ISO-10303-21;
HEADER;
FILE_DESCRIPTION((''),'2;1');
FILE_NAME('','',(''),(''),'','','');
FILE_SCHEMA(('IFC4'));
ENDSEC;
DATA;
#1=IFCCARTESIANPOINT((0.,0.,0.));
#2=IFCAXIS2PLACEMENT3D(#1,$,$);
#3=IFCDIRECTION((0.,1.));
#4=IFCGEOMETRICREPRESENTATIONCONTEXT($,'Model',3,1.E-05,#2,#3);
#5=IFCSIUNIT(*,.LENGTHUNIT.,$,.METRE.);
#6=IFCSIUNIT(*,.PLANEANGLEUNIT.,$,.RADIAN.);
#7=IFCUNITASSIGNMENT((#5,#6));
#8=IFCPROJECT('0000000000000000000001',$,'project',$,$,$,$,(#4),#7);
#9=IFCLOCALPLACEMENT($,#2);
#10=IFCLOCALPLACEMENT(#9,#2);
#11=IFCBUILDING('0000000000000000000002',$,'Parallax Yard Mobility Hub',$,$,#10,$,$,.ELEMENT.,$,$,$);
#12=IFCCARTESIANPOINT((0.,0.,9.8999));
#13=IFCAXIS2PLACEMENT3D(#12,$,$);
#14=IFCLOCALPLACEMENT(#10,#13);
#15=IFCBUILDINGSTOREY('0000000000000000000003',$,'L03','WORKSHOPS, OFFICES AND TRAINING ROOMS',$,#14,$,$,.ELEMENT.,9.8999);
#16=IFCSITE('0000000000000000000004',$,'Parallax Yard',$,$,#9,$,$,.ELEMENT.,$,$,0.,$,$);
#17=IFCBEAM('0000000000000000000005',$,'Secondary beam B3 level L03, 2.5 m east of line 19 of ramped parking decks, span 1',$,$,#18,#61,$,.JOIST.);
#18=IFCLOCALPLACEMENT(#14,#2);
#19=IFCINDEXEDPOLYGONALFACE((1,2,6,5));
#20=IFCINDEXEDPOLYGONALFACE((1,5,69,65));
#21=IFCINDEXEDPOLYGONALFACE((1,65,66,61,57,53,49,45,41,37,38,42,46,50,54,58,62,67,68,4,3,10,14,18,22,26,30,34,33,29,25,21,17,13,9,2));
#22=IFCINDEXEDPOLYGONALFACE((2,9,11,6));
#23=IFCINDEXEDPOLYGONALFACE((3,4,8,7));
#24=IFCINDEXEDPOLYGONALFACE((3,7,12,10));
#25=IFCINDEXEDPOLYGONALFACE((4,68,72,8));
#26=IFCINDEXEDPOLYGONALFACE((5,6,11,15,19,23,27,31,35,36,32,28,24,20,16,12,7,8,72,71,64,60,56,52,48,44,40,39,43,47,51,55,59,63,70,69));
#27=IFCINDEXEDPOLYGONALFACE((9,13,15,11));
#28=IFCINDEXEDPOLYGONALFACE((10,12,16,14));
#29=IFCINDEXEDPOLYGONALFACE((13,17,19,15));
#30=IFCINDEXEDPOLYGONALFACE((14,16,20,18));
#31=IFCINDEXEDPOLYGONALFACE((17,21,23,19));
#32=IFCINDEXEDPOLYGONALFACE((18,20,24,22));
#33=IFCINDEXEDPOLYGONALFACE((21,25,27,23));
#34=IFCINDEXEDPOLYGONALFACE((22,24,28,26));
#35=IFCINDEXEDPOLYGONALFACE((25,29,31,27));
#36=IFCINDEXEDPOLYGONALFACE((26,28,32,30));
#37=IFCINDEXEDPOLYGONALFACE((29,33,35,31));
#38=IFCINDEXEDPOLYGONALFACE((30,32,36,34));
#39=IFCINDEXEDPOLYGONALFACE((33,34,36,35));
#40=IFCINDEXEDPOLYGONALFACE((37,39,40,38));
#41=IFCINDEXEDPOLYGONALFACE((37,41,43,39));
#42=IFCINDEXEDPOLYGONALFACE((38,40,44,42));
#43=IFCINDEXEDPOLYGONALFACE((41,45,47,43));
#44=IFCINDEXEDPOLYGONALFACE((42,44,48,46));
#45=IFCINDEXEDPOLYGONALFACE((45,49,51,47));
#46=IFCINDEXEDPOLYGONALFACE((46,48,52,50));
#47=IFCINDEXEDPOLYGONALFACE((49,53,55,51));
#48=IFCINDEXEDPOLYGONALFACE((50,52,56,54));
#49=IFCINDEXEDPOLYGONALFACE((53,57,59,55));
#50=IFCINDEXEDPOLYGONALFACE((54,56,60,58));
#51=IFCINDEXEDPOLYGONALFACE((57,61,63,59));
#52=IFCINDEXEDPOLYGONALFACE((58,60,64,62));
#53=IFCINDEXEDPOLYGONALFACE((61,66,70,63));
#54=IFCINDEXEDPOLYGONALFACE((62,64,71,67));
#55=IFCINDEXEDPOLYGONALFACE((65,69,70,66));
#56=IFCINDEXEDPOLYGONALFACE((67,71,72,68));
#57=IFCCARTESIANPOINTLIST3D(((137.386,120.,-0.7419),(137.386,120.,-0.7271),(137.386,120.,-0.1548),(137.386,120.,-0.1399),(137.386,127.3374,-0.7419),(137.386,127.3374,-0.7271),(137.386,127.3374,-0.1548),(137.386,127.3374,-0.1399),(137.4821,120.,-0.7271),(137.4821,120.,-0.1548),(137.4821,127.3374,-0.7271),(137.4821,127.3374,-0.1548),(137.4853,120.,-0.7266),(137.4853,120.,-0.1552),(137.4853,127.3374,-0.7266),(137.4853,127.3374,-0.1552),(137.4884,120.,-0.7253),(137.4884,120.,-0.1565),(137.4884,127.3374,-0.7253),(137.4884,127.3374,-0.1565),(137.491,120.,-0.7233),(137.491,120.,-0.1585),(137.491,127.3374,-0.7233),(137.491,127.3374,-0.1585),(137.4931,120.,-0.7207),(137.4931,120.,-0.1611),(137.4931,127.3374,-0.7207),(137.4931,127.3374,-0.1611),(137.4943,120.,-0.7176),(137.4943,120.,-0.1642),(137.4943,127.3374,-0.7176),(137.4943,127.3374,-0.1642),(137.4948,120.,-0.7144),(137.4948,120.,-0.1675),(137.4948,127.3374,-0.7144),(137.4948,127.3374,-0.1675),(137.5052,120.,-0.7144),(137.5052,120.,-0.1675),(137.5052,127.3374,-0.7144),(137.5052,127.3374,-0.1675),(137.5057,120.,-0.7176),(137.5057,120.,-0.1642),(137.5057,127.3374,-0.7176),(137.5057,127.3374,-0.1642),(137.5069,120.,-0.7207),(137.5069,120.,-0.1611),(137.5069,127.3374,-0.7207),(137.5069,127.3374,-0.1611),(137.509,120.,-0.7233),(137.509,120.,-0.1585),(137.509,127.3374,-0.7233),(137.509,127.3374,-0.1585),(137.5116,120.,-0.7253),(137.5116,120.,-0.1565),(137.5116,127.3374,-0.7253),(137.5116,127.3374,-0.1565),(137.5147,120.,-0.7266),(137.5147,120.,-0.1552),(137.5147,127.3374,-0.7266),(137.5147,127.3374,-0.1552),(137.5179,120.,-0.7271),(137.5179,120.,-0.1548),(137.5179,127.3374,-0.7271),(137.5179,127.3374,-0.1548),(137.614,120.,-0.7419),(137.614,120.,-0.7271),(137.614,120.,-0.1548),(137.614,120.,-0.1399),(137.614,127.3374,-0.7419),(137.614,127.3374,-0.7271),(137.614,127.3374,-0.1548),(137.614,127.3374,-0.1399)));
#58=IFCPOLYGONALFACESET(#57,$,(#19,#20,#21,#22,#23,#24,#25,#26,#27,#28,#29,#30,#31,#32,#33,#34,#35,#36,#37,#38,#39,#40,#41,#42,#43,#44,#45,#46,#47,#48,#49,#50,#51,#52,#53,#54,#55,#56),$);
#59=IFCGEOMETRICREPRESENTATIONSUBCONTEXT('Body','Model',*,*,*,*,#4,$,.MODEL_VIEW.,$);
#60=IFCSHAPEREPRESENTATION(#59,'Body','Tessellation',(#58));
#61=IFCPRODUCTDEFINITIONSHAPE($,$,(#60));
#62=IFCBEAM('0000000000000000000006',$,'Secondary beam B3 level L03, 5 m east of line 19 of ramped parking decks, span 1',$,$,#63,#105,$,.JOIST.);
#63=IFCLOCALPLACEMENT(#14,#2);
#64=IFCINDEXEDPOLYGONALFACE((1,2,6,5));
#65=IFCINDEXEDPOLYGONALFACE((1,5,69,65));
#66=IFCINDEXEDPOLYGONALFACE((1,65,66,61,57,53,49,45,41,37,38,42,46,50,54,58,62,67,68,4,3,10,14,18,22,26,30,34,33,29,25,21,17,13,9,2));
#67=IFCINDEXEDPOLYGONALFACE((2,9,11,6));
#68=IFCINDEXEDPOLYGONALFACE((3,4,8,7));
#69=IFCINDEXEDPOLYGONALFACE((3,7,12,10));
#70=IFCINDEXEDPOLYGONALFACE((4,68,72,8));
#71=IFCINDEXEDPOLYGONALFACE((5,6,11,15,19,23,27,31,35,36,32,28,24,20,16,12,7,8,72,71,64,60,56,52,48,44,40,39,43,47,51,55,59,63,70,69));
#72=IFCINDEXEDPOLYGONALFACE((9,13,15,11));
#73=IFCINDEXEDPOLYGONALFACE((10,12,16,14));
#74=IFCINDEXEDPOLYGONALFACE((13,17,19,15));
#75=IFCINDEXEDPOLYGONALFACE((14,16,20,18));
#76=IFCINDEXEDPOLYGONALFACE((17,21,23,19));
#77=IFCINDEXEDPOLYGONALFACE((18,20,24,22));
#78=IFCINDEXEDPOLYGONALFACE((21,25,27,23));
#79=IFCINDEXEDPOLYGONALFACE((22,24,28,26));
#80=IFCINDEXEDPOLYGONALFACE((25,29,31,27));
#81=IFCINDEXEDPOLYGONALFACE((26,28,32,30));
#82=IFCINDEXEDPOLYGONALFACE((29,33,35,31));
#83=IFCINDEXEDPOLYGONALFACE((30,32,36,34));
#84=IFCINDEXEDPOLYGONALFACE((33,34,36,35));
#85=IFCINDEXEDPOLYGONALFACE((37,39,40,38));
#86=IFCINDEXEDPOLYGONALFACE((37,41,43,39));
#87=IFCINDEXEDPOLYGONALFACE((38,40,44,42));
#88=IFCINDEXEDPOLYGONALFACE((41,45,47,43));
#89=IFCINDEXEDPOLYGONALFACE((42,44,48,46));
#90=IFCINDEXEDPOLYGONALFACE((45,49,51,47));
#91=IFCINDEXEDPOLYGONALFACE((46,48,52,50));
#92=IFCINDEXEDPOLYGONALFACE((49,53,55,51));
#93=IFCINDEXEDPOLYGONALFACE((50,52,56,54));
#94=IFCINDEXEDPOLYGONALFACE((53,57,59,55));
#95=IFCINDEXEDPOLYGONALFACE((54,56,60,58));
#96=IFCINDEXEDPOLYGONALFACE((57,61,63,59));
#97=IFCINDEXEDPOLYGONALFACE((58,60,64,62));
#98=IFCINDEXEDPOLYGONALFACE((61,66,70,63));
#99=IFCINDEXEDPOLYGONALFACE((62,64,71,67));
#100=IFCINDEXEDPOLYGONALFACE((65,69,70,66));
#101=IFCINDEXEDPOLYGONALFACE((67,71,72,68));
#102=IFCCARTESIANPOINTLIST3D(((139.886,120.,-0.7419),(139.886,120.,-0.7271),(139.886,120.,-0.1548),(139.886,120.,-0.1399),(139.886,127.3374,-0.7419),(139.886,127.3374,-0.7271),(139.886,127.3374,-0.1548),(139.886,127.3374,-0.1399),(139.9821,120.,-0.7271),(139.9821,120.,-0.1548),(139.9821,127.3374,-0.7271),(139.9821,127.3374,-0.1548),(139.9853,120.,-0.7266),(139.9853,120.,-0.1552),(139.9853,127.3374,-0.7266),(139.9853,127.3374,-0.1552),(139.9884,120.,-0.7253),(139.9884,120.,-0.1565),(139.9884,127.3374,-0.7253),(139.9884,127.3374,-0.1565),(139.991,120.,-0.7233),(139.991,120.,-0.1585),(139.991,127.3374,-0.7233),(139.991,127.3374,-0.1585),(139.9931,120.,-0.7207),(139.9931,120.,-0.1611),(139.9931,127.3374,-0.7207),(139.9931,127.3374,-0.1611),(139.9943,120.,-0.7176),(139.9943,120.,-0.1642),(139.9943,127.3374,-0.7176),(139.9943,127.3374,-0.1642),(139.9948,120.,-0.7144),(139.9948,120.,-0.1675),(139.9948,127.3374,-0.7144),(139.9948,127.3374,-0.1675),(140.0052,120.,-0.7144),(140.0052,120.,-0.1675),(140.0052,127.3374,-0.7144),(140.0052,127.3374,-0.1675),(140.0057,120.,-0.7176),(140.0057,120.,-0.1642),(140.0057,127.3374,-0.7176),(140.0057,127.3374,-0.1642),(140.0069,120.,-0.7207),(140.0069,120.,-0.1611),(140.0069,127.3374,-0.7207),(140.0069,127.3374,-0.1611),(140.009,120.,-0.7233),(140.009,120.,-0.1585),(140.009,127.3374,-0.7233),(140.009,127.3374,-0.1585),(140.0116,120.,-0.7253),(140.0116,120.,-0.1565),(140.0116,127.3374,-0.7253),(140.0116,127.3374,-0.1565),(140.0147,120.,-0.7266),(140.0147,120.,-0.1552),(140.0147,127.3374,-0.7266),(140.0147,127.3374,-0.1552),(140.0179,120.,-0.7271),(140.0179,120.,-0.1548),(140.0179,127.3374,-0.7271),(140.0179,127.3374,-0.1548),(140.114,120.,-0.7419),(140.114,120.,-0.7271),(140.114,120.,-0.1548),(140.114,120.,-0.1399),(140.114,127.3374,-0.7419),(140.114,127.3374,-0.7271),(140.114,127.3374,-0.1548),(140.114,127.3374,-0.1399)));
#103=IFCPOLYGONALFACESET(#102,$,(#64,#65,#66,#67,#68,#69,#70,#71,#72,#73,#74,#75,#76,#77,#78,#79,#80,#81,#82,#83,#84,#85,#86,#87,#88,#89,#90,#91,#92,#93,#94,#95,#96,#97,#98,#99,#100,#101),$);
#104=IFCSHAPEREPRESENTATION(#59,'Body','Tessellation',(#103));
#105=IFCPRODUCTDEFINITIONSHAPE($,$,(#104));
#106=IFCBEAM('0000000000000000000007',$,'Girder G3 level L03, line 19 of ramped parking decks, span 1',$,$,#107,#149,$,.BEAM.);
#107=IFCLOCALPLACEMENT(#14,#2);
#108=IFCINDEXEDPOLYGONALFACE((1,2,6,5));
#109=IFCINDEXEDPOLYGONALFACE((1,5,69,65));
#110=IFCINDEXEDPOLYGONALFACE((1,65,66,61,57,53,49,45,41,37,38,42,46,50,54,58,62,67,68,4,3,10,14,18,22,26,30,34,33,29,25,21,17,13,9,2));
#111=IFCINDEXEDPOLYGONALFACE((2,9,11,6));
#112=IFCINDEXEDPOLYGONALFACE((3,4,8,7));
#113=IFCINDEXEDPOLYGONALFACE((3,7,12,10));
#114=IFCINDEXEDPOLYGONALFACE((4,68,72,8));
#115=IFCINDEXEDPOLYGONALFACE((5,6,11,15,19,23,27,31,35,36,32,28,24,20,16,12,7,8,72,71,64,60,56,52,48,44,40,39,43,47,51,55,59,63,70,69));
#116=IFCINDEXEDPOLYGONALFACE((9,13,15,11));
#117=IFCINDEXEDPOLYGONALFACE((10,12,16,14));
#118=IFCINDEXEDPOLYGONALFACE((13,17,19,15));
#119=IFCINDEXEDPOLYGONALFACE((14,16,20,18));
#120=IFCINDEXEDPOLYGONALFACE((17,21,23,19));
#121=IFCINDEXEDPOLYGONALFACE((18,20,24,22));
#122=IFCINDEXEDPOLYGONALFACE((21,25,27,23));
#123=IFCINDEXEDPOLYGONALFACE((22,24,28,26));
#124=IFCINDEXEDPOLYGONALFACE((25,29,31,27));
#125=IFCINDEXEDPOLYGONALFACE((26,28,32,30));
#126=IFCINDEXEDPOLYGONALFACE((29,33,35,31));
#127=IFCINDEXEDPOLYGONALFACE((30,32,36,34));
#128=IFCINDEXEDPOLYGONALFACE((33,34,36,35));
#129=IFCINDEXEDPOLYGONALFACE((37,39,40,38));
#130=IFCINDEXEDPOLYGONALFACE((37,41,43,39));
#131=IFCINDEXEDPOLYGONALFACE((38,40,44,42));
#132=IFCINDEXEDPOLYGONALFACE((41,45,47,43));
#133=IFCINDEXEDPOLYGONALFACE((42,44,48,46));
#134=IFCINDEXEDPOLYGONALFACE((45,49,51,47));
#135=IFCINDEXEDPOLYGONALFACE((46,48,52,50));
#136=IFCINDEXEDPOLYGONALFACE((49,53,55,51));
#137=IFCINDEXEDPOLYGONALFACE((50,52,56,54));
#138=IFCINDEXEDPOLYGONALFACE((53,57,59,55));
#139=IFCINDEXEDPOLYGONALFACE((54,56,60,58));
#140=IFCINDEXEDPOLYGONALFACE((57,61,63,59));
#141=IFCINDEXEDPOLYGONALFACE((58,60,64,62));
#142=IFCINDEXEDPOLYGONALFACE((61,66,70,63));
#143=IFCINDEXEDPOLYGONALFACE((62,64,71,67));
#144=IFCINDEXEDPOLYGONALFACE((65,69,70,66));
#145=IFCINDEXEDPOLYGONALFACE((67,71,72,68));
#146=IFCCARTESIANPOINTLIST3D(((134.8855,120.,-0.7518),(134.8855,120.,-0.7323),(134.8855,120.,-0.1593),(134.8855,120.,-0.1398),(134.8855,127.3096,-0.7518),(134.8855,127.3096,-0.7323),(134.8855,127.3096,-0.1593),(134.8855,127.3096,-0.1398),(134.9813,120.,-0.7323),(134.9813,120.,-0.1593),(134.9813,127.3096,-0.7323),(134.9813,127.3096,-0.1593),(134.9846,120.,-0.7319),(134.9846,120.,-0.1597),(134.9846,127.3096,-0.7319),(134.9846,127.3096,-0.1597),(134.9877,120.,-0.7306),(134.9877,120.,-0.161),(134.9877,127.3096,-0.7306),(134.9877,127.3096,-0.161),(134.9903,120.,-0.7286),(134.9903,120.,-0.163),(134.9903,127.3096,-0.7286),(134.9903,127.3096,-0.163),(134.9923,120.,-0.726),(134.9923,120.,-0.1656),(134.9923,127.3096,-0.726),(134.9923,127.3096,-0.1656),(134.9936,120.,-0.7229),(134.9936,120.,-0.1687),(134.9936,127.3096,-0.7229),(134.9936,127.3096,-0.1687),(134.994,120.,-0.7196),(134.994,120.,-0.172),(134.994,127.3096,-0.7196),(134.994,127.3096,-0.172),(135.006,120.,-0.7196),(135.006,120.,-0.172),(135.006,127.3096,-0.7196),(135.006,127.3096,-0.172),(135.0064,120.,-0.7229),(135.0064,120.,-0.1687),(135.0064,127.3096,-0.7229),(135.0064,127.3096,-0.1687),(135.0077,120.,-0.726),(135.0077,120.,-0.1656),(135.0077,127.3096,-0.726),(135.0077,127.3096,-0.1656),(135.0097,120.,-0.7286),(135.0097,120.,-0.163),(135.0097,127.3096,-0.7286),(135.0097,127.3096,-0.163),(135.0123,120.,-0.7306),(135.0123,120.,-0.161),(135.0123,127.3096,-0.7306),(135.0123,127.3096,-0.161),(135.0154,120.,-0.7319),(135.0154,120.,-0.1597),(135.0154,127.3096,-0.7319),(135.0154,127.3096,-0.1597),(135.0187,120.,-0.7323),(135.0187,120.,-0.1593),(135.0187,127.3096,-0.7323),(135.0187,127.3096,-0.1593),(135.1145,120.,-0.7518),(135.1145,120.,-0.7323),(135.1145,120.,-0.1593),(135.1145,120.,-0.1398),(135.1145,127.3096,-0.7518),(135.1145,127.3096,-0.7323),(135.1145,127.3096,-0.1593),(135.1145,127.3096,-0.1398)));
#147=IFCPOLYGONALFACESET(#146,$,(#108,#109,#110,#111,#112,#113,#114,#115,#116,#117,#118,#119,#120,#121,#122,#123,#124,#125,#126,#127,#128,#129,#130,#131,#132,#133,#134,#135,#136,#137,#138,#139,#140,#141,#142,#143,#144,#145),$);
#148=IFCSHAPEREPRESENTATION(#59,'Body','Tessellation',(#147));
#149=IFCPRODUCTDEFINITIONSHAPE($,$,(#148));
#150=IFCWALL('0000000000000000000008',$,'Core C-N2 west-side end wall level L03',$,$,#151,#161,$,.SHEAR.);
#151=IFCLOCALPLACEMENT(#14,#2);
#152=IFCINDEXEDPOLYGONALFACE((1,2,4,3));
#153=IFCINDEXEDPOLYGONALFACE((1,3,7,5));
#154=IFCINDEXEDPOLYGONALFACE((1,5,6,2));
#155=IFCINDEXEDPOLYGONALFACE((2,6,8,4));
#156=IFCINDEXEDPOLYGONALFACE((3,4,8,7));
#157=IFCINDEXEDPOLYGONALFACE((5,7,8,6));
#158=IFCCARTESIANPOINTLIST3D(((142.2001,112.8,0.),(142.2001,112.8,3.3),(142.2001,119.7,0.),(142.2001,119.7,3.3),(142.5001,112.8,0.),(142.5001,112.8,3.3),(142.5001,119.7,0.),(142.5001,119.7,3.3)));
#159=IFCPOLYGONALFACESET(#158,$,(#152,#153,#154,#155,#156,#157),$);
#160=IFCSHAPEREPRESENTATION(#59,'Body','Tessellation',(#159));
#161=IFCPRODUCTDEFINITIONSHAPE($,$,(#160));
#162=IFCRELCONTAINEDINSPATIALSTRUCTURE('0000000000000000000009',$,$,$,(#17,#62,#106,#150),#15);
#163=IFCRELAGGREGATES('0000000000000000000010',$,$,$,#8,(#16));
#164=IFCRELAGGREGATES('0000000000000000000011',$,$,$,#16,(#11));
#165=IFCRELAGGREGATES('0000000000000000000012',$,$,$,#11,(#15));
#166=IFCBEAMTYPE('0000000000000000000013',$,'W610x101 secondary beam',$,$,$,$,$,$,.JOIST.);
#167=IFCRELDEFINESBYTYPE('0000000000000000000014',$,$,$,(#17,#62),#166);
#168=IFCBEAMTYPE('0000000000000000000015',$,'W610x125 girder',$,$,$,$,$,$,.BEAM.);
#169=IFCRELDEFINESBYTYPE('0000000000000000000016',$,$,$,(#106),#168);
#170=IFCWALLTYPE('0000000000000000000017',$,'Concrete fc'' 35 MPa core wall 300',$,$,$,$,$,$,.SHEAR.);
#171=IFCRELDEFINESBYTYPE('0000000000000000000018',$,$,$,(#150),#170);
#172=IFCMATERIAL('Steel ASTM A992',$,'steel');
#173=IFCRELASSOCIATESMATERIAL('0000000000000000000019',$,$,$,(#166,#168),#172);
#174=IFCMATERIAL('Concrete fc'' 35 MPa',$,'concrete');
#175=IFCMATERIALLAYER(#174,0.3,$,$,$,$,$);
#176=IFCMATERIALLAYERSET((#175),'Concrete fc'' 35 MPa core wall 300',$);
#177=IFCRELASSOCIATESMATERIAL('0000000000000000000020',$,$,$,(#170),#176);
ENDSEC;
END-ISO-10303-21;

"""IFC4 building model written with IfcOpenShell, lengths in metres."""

from ifc_helpers import new_model, si_unit, direction, frame, frame_2d, origin, origin_2d, place, context, subcontext, project, spatial, rectangle, i_section, extrude, material, layer, layer_set, material_profile, profile_set, type_object, element, save


model = new_model("IFC4")

# Units and contexts
model_context = context("Model", 3, precision=1e-05, world=origin(), true_north=direction((0.0, 1.0)))
body_context = subcontext(model_context, "Body", "Model", "MODEL_VIEW")
ifc_project = project(units=[si_unit("LENGTHUNIT", "METRE"), si_unit("PLANEANGLEUNIT", "RADIAN")], contexts=[model_context])

# Site, building, storey
site_placement = place(None, origin())
site = spatial("IfcSite", under=ifc_project, at=site_placement, Name="Parallax Yard", CompositionType="ELEMENT", RefElevation=0.0)
building_placement = place(site_placement, origin())
building = spatial("IfcBuilding", under=site, at=building_placement, Name="Parallax Yard Mobility Hub", CompositionType="ELEMENT")
storey_placement = place(building_placement, frame((0.0, 0.0, 9.8999)))
storey = spatial("IfcBuildingStorey", under=building, at=storey_placement, Name="L03", Description="WORKSHOPS, OFFICES AND TRAINING ROOMS", CompositionType="ELEMENT", Elevation=9.8999)

# Beams
ifc_material_1 = material(Name="Steel ASTM A992", Category="steel")
ifc_material_profile_1 = material_profile(ifc_material_1, i_section(OverallWidth=0.228, OverallDepth=0.6021, WebThickness=0.0105, FlangeThickness=0.0149, FilletRadius=0.0127, at=origin_2d()), Name="W610x101")
ifc_profile_set_1 = profile_set([ifc_material_profile_1], Name="Steel ASTM A992")
beam_type_1 = type_object("IfcBeamType", Name="W610x101 secondary beam", PredefinedType="JOIST", material=ifc_profile_set_1)
for number, where, z_axis, x_axis, name in (
    (1, (137.5, 120.0, -0.4409), (0.0, 1.0, 0.0), (-1.0, 0.0, 0.0), "Secondary beam B3 level L03, 2.5 m east of line 19 of ramped parking decks, span 1"),
    (2, (140.0, 120.0, -0.4409), (0.0, 1.0, 0.0), (-1.0, 0.0, 0.0), "Secondary beam B3 level L03, 5 m east of line 19 of ramped parking decks, span 1"),
):
    element("IfcBeam", number, at=place(storey_placement, frame(where, z_axis=z_axis, x_axis=x_axis)), inside=storey, type_object=beam_type_1, Name=name, PredefinedType="JOIST", context=body_context, shape_type="SweptSolid", body=[
        extrude(i_section(OverallWidth=0.228, OverallDepth=0.6021, WebThickness=0.0105, FlangeThickness=0.0149, FilletRadius=0.0127, at=origin_2d()), origin(), (0.0, 0.0, 1.0), 7.3374),
    ])
ifc_material_profile_2 = material_profile(ifc_material_1, i_section(OverallWidth=0.229, OverallDepth=0.6121, WebThickness=0.012, FlangeThickness=0.0195, FilletRadius=0.0127, at=origin_2d()), Name="W610x125")
ifc_profile_set_2 = profile_set([ifc_material_profile_2], Name="Steel ASTM A992")
beam_type_2 = type_object("IfcBeamType", Name="W610x125 girder", PredefinedType="BEAM", material=ifc_profile_set_2)
beam_placement = place(storey_placement, frame((135.0, 120.0, -0.4458), z_axis=(0.0, 1.0, 0.0), x_axis=(-1.0, 0.0, 0.0)))
element("IfcBeam", 3, at=beam_placement, inside=storey, type_object=beam_type_2, Name="Girder G3 level L03, line 19 of ramped parking decks, span 1", PredefinedType="BEAM", context=body_context, shape_type="SweptSolid", body=[
    extrude(i_section(OverallWidth=0.229, OverallDepth=0.6121, WebThickness=0.012, FlangeThickness=0.0195, FilletRadius=0.0127, at=origin_2d()), origin(), (0.0, 0.0, 1.0), 7.3096),
])

# Wall
ifc_material_2 = material(Name="Concrete fc' 35 MPa", Category="concrete")
ifc_layer_1 = layer(ifc_material_2, 0.3)
ifc_layer_set_1 = layer_set([ifc_layer_1], Name="Concrete fc' 35 MPa core wall 300")
wall_type_1 = type_object("IfcWallType", Name="Concrete fc' 35 MPa core wall 300", PredefinedType="SHEAR", material=ifc_layer_set_1)
wall_1_placement = place(storey_placement, frame((142.3501, 119.7, 0.0), z_axis=(0.0, 0.0, 1.0), x_axis=(0.0, -1.0, 0.0)))
element("IfcWall", 4, at=wall_1_placement, inside=storey, type_object=wall_type_1, Name="Core C-N2 west-side end wall level L03", PredefinedType="SHEAR", context=body_context, shape_type="SweptSolid", body=[
    extrude(rectangle(XDim=6.8999, YDim=0.3, at=frame_2d((3.45, 0.0))), origin(), (0.0, 0.0, 1.0), 3.3),
])

save(model, "model.ifc")
